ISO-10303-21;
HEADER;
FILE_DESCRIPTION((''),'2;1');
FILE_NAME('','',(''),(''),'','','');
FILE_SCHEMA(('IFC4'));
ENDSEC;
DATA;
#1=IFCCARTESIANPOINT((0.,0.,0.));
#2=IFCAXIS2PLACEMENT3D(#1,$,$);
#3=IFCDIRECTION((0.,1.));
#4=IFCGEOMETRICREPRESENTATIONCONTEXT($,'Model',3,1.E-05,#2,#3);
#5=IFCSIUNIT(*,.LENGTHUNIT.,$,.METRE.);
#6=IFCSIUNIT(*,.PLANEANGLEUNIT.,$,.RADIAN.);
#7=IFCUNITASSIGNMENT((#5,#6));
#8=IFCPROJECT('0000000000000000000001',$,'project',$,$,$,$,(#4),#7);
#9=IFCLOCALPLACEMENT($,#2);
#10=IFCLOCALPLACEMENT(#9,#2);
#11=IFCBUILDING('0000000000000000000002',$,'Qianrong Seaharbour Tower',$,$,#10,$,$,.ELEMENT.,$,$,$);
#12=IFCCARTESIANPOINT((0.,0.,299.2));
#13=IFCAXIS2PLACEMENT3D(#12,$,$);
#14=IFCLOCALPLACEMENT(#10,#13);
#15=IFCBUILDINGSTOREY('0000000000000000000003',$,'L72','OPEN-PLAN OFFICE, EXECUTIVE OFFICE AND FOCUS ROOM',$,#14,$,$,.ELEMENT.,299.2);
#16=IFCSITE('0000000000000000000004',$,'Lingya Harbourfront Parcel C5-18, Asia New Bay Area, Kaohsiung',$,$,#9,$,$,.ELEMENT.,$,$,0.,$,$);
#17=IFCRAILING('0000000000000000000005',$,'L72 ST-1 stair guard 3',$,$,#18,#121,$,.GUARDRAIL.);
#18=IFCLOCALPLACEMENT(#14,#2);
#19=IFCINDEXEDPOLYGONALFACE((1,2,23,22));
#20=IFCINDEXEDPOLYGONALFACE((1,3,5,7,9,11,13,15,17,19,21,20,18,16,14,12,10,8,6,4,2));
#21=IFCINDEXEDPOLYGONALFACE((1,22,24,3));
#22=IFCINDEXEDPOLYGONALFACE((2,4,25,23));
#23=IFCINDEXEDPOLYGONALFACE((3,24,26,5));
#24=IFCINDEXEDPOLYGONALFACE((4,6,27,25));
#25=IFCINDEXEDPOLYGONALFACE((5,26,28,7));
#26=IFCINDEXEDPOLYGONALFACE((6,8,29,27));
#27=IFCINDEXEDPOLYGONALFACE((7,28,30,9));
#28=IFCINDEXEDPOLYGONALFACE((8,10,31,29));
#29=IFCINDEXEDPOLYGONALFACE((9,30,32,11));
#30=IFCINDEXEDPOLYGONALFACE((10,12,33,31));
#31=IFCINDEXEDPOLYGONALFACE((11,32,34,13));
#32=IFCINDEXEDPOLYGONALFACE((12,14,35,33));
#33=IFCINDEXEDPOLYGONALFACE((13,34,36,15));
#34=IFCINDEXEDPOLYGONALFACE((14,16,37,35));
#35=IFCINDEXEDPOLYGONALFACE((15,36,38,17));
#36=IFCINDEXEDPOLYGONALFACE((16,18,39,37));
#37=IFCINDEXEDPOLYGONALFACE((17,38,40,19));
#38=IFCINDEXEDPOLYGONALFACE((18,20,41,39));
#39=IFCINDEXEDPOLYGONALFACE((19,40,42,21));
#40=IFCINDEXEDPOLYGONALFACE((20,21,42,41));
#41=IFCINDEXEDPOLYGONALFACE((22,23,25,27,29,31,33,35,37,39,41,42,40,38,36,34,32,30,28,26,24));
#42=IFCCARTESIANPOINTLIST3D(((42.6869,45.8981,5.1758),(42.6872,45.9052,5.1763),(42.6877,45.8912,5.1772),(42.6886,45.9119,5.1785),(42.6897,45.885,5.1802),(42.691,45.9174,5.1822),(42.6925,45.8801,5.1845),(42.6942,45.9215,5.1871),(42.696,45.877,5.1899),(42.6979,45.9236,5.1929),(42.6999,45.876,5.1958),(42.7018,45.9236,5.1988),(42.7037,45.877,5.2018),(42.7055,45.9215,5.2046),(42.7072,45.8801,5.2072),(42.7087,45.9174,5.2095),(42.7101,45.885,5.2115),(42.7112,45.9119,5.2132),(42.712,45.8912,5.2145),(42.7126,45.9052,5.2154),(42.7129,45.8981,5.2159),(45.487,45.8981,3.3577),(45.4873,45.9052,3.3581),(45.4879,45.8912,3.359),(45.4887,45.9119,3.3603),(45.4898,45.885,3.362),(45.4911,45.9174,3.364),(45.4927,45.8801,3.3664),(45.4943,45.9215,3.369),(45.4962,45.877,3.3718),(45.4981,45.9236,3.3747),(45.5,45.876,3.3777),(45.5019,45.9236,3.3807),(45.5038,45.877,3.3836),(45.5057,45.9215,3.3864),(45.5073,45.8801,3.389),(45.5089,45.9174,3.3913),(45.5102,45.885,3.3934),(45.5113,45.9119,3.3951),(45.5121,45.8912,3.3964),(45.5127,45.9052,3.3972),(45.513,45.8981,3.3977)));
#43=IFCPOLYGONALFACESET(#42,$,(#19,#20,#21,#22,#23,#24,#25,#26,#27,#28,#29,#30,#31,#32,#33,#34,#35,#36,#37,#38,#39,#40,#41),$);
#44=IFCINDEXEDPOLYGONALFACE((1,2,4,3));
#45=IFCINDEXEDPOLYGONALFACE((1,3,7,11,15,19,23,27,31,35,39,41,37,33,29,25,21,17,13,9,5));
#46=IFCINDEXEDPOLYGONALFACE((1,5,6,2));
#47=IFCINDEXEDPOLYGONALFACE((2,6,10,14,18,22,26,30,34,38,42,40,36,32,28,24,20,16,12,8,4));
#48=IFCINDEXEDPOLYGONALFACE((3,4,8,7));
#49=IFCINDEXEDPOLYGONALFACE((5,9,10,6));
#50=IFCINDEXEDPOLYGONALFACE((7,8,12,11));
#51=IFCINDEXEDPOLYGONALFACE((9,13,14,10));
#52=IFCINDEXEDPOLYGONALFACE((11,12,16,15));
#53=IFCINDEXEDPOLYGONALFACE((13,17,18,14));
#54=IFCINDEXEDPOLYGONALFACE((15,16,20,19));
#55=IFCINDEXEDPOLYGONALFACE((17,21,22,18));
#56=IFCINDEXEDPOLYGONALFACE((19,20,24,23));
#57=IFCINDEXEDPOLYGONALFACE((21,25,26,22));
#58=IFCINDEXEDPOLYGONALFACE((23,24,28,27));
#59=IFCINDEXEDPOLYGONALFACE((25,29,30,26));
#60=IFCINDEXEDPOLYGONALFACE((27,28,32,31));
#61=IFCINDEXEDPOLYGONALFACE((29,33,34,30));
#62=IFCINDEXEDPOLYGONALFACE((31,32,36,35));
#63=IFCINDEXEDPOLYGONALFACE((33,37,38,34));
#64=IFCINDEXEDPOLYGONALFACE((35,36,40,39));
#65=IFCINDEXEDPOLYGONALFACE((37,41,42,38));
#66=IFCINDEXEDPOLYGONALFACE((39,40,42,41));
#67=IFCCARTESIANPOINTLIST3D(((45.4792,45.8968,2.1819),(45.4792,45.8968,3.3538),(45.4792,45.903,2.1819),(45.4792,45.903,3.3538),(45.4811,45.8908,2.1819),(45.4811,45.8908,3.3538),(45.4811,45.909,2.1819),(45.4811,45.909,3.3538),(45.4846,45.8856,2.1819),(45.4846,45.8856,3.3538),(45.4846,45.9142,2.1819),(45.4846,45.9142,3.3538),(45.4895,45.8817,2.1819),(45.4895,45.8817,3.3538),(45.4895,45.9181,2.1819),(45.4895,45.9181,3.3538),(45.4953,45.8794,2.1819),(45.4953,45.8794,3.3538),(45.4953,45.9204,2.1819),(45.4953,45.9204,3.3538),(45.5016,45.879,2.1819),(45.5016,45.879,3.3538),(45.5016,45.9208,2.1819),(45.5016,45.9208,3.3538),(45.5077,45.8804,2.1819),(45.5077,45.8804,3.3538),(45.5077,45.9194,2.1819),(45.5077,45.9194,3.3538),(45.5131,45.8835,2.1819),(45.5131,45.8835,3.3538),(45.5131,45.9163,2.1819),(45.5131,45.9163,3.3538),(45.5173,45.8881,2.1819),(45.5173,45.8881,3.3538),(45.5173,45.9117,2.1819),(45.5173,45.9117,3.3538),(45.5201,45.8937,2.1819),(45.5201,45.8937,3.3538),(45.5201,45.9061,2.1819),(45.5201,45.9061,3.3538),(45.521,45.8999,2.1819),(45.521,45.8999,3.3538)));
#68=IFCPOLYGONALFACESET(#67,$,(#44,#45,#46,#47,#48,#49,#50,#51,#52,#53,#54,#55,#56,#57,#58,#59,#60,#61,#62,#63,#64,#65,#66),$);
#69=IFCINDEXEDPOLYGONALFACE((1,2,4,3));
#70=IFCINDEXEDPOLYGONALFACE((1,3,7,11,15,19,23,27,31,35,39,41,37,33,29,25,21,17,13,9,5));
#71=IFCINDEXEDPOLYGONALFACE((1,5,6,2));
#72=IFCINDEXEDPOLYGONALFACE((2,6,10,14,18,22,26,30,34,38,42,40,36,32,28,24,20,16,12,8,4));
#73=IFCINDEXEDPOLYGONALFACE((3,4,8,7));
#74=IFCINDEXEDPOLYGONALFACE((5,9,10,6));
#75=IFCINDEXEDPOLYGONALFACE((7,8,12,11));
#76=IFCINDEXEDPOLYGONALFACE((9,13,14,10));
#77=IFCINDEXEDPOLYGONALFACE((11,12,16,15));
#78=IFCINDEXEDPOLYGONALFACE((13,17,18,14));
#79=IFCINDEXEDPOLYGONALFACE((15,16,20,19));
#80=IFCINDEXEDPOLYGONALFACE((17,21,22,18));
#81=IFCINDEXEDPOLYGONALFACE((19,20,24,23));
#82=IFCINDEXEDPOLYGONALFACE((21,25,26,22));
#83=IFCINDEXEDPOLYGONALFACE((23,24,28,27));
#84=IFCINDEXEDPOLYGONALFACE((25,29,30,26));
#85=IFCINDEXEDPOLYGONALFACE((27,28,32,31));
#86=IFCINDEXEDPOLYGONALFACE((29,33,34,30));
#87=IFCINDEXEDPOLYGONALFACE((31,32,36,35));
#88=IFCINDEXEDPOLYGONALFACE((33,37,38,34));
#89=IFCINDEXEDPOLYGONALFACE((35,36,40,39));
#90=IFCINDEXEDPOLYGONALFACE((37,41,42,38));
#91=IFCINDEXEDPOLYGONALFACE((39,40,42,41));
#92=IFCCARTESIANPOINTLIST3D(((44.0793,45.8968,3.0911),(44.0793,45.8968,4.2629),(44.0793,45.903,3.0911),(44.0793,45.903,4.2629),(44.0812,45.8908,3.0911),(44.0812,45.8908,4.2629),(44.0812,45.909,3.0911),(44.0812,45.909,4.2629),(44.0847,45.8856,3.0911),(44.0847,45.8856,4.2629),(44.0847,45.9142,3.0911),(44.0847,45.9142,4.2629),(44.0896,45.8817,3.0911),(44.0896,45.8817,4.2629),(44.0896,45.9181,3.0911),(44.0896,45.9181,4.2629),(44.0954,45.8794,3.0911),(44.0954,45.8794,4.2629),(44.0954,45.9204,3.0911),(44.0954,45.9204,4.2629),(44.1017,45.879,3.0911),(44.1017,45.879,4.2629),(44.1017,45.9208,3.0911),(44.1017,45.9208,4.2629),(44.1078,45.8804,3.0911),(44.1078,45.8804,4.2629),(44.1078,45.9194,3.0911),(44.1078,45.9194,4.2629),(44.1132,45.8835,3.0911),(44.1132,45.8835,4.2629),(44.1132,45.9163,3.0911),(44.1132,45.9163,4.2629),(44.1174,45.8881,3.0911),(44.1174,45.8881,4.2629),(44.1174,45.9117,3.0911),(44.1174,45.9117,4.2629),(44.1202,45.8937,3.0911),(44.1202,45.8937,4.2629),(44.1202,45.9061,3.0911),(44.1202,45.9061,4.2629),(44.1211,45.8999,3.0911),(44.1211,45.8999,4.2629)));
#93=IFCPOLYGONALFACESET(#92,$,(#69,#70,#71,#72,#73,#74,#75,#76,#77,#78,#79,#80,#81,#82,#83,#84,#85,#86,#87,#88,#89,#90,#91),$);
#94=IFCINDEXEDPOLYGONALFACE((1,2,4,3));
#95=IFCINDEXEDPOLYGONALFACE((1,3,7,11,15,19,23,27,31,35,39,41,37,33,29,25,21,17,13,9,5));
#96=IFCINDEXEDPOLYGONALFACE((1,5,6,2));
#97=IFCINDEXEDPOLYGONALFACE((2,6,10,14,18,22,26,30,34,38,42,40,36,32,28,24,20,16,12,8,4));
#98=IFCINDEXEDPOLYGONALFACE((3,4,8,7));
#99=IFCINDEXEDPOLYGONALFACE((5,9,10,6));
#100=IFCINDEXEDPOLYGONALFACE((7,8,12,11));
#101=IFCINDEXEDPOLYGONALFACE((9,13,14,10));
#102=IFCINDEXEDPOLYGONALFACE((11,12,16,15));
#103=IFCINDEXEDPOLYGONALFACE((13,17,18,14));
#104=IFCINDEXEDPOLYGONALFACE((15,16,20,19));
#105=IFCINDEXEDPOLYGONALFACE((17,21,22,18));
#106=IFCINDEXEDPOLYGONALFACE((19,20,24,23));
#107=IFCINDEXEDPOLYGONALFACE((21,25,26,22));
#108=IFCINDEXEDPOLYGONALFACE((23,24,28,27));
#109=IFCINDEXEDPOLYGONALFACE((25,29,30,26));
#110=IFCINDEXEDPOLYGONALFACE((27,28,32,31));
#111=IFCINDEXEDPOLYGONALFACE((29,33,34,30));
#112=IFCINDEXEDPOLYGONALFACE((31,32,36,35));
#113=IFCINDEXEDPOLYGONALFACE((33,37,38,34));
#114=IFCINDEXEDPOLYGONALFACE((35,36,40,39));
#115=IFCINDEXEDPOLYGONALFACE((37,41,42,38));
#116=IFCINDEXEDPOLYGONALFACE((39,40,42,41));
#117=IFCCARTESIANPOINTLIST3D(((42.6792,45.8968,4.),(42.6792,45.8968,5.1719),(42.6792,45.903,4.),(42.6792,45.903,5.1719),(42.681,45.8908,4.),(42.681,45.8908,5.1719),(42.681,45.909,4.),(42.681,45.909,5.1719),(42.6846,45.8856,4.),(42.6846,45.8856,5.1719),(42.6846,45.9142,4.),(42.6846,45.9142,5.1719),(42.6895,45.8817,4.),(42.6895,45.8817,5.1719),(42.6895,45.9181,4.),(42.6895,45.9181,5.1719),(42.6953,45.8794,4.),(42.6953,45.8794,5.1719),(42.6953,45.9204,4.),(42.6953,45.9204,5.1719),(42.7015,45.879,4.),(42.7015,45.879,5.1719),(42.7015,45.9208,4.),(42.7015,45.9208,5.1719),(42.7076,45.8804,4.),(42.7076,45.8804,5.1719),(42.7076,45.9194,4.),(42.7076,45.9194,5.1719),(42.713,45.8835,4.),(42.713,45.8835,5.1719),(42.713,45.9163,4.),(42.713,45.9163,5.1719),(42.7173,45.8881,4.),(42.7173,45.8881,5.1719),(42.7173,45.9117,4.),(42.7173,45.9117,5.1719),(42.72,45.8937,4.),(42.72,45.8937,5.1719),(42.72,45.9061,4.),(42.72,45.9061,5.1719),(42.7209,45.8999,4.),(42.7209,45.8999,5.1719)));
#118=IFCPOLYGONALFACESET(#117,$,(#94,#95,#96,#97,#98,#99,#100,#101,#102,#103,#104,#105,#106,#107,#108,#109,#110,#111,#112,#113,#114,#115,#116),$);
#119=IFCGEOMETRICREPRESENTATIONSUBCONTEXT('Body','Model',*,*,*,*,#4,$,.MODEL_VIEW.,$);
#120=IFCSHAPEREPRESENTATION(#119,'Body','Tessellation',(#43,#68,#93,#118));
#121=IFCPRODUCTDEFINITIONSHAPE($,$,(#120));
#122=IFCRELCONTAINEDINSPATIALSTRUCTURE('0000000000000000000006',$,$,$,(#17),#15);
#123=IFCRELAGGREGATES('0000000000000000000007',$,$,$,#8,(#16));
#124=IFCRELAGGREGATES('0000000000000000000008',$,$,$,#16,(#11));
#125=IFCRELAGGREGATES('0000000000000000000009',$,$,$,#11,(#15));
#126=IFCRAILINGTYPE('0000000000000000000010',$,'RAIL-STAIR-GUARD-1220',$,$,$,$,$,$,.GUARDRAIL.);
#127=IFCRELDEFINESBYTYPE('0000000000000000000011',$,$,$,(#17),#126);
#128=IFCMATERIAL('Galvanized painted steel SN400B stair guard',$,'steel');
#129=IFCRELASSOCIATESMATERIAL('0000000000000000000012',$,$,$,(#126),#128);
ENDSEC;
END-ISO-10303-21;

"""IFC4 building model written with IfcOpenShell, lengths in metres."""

from ifc_helpers import new_model, si_unit, direction, frame, origin, origin_2d, place, context, subcontext, project, spatial, circle, extrude, material, type_object, element, save


model = new_model("IFC4")

# Units and contexts
model_context = context("Model", 3, precision=1e-05, world=origin(), true_north=direction((0.0, 1.0)))
body_context = subcontext(model_context, "Body", "Model", "MODEL_VIEW")
ifc_project = project(units=[si_unit("LENGTHUNIT", "METRE"), si_unit("PLANEANGLEUNIT", "RADIAN")], contexts=[model_context])

# Site, building, storey
site_placement = place(None, origin())
site = spatial("IfcSite", under=ifc_project, at=site_placement, Name="Lingya Harbourfront Parcel C5-18, Asia New Bay Area, Kaohsiung", CompositionType="ELEMENT", RefElevation=0.0)
building_placement = place(site_placement, origin())
building = spatial("IfcBuilding", under=site, at=building_placement, Name="Qianrong Seaharbour Tower", CompositionType="ELEMENT")
storey_placement = place(building_placement, frame((0.0, 0.0, 299.2)))
storey = spatial("IfcBuildingStorey", under=building, at=storey_placement, Name="L72", Description="OPEN-PLAN OFFICE, EXECUTIVE OFFICE AND FOCUS ROOM", CompositionType="ELEMENT", Elevation=299.2)

# Railing
ifc_material_1 = material(Name="Galvanized painted steel SN400B stair guard", Category="steel")
railing_type_1 = type_object("IfcRailingType", Name="RAIL-STAIR-GUARD-1220", PredefinedType="GUARDRAIL", material=ifc_material_1)
railing_1_placement = place(storey_placement, frame((45.5, 45.8999, 2.1819)))
element("IfcRailing", 1, at=railing_1_placement, inside=storey, type_object=railing_type_1, Name="L72 ST-1 stair guard 3", PredefinedType="GUARDRAIL", context=body_context, shape_type="SweptSolid", body=[
    extrude(circle(Radius=0.0239, at=origin_2d()), frame((0.0, 0.0, 1.1958), z_axis=(-0.838706, 0.0, 0.544585), x_axis=(0.0, -1.0, 0.0)), (0.0, 0.0, 1.0), 3.3386),
    extrude(circle(Radius=0.021, at=origin_2d()), origin(), (0.0, 0.0, 1.0), 1.1719),
    extrude(circle(Radius=0.021, at=origin_2d()), frame((-1.3999, 0.0, 0.9092)), (0.0, 0.0, 1.0), 1.1719),
    extrude(circle(Radius=0.021, at=origin_2d()), frame((-2.8, 0.0, 1.8181)), (0.0, 0.0, 1.0), 1.1719),
])

save(model, "model.ifc")
